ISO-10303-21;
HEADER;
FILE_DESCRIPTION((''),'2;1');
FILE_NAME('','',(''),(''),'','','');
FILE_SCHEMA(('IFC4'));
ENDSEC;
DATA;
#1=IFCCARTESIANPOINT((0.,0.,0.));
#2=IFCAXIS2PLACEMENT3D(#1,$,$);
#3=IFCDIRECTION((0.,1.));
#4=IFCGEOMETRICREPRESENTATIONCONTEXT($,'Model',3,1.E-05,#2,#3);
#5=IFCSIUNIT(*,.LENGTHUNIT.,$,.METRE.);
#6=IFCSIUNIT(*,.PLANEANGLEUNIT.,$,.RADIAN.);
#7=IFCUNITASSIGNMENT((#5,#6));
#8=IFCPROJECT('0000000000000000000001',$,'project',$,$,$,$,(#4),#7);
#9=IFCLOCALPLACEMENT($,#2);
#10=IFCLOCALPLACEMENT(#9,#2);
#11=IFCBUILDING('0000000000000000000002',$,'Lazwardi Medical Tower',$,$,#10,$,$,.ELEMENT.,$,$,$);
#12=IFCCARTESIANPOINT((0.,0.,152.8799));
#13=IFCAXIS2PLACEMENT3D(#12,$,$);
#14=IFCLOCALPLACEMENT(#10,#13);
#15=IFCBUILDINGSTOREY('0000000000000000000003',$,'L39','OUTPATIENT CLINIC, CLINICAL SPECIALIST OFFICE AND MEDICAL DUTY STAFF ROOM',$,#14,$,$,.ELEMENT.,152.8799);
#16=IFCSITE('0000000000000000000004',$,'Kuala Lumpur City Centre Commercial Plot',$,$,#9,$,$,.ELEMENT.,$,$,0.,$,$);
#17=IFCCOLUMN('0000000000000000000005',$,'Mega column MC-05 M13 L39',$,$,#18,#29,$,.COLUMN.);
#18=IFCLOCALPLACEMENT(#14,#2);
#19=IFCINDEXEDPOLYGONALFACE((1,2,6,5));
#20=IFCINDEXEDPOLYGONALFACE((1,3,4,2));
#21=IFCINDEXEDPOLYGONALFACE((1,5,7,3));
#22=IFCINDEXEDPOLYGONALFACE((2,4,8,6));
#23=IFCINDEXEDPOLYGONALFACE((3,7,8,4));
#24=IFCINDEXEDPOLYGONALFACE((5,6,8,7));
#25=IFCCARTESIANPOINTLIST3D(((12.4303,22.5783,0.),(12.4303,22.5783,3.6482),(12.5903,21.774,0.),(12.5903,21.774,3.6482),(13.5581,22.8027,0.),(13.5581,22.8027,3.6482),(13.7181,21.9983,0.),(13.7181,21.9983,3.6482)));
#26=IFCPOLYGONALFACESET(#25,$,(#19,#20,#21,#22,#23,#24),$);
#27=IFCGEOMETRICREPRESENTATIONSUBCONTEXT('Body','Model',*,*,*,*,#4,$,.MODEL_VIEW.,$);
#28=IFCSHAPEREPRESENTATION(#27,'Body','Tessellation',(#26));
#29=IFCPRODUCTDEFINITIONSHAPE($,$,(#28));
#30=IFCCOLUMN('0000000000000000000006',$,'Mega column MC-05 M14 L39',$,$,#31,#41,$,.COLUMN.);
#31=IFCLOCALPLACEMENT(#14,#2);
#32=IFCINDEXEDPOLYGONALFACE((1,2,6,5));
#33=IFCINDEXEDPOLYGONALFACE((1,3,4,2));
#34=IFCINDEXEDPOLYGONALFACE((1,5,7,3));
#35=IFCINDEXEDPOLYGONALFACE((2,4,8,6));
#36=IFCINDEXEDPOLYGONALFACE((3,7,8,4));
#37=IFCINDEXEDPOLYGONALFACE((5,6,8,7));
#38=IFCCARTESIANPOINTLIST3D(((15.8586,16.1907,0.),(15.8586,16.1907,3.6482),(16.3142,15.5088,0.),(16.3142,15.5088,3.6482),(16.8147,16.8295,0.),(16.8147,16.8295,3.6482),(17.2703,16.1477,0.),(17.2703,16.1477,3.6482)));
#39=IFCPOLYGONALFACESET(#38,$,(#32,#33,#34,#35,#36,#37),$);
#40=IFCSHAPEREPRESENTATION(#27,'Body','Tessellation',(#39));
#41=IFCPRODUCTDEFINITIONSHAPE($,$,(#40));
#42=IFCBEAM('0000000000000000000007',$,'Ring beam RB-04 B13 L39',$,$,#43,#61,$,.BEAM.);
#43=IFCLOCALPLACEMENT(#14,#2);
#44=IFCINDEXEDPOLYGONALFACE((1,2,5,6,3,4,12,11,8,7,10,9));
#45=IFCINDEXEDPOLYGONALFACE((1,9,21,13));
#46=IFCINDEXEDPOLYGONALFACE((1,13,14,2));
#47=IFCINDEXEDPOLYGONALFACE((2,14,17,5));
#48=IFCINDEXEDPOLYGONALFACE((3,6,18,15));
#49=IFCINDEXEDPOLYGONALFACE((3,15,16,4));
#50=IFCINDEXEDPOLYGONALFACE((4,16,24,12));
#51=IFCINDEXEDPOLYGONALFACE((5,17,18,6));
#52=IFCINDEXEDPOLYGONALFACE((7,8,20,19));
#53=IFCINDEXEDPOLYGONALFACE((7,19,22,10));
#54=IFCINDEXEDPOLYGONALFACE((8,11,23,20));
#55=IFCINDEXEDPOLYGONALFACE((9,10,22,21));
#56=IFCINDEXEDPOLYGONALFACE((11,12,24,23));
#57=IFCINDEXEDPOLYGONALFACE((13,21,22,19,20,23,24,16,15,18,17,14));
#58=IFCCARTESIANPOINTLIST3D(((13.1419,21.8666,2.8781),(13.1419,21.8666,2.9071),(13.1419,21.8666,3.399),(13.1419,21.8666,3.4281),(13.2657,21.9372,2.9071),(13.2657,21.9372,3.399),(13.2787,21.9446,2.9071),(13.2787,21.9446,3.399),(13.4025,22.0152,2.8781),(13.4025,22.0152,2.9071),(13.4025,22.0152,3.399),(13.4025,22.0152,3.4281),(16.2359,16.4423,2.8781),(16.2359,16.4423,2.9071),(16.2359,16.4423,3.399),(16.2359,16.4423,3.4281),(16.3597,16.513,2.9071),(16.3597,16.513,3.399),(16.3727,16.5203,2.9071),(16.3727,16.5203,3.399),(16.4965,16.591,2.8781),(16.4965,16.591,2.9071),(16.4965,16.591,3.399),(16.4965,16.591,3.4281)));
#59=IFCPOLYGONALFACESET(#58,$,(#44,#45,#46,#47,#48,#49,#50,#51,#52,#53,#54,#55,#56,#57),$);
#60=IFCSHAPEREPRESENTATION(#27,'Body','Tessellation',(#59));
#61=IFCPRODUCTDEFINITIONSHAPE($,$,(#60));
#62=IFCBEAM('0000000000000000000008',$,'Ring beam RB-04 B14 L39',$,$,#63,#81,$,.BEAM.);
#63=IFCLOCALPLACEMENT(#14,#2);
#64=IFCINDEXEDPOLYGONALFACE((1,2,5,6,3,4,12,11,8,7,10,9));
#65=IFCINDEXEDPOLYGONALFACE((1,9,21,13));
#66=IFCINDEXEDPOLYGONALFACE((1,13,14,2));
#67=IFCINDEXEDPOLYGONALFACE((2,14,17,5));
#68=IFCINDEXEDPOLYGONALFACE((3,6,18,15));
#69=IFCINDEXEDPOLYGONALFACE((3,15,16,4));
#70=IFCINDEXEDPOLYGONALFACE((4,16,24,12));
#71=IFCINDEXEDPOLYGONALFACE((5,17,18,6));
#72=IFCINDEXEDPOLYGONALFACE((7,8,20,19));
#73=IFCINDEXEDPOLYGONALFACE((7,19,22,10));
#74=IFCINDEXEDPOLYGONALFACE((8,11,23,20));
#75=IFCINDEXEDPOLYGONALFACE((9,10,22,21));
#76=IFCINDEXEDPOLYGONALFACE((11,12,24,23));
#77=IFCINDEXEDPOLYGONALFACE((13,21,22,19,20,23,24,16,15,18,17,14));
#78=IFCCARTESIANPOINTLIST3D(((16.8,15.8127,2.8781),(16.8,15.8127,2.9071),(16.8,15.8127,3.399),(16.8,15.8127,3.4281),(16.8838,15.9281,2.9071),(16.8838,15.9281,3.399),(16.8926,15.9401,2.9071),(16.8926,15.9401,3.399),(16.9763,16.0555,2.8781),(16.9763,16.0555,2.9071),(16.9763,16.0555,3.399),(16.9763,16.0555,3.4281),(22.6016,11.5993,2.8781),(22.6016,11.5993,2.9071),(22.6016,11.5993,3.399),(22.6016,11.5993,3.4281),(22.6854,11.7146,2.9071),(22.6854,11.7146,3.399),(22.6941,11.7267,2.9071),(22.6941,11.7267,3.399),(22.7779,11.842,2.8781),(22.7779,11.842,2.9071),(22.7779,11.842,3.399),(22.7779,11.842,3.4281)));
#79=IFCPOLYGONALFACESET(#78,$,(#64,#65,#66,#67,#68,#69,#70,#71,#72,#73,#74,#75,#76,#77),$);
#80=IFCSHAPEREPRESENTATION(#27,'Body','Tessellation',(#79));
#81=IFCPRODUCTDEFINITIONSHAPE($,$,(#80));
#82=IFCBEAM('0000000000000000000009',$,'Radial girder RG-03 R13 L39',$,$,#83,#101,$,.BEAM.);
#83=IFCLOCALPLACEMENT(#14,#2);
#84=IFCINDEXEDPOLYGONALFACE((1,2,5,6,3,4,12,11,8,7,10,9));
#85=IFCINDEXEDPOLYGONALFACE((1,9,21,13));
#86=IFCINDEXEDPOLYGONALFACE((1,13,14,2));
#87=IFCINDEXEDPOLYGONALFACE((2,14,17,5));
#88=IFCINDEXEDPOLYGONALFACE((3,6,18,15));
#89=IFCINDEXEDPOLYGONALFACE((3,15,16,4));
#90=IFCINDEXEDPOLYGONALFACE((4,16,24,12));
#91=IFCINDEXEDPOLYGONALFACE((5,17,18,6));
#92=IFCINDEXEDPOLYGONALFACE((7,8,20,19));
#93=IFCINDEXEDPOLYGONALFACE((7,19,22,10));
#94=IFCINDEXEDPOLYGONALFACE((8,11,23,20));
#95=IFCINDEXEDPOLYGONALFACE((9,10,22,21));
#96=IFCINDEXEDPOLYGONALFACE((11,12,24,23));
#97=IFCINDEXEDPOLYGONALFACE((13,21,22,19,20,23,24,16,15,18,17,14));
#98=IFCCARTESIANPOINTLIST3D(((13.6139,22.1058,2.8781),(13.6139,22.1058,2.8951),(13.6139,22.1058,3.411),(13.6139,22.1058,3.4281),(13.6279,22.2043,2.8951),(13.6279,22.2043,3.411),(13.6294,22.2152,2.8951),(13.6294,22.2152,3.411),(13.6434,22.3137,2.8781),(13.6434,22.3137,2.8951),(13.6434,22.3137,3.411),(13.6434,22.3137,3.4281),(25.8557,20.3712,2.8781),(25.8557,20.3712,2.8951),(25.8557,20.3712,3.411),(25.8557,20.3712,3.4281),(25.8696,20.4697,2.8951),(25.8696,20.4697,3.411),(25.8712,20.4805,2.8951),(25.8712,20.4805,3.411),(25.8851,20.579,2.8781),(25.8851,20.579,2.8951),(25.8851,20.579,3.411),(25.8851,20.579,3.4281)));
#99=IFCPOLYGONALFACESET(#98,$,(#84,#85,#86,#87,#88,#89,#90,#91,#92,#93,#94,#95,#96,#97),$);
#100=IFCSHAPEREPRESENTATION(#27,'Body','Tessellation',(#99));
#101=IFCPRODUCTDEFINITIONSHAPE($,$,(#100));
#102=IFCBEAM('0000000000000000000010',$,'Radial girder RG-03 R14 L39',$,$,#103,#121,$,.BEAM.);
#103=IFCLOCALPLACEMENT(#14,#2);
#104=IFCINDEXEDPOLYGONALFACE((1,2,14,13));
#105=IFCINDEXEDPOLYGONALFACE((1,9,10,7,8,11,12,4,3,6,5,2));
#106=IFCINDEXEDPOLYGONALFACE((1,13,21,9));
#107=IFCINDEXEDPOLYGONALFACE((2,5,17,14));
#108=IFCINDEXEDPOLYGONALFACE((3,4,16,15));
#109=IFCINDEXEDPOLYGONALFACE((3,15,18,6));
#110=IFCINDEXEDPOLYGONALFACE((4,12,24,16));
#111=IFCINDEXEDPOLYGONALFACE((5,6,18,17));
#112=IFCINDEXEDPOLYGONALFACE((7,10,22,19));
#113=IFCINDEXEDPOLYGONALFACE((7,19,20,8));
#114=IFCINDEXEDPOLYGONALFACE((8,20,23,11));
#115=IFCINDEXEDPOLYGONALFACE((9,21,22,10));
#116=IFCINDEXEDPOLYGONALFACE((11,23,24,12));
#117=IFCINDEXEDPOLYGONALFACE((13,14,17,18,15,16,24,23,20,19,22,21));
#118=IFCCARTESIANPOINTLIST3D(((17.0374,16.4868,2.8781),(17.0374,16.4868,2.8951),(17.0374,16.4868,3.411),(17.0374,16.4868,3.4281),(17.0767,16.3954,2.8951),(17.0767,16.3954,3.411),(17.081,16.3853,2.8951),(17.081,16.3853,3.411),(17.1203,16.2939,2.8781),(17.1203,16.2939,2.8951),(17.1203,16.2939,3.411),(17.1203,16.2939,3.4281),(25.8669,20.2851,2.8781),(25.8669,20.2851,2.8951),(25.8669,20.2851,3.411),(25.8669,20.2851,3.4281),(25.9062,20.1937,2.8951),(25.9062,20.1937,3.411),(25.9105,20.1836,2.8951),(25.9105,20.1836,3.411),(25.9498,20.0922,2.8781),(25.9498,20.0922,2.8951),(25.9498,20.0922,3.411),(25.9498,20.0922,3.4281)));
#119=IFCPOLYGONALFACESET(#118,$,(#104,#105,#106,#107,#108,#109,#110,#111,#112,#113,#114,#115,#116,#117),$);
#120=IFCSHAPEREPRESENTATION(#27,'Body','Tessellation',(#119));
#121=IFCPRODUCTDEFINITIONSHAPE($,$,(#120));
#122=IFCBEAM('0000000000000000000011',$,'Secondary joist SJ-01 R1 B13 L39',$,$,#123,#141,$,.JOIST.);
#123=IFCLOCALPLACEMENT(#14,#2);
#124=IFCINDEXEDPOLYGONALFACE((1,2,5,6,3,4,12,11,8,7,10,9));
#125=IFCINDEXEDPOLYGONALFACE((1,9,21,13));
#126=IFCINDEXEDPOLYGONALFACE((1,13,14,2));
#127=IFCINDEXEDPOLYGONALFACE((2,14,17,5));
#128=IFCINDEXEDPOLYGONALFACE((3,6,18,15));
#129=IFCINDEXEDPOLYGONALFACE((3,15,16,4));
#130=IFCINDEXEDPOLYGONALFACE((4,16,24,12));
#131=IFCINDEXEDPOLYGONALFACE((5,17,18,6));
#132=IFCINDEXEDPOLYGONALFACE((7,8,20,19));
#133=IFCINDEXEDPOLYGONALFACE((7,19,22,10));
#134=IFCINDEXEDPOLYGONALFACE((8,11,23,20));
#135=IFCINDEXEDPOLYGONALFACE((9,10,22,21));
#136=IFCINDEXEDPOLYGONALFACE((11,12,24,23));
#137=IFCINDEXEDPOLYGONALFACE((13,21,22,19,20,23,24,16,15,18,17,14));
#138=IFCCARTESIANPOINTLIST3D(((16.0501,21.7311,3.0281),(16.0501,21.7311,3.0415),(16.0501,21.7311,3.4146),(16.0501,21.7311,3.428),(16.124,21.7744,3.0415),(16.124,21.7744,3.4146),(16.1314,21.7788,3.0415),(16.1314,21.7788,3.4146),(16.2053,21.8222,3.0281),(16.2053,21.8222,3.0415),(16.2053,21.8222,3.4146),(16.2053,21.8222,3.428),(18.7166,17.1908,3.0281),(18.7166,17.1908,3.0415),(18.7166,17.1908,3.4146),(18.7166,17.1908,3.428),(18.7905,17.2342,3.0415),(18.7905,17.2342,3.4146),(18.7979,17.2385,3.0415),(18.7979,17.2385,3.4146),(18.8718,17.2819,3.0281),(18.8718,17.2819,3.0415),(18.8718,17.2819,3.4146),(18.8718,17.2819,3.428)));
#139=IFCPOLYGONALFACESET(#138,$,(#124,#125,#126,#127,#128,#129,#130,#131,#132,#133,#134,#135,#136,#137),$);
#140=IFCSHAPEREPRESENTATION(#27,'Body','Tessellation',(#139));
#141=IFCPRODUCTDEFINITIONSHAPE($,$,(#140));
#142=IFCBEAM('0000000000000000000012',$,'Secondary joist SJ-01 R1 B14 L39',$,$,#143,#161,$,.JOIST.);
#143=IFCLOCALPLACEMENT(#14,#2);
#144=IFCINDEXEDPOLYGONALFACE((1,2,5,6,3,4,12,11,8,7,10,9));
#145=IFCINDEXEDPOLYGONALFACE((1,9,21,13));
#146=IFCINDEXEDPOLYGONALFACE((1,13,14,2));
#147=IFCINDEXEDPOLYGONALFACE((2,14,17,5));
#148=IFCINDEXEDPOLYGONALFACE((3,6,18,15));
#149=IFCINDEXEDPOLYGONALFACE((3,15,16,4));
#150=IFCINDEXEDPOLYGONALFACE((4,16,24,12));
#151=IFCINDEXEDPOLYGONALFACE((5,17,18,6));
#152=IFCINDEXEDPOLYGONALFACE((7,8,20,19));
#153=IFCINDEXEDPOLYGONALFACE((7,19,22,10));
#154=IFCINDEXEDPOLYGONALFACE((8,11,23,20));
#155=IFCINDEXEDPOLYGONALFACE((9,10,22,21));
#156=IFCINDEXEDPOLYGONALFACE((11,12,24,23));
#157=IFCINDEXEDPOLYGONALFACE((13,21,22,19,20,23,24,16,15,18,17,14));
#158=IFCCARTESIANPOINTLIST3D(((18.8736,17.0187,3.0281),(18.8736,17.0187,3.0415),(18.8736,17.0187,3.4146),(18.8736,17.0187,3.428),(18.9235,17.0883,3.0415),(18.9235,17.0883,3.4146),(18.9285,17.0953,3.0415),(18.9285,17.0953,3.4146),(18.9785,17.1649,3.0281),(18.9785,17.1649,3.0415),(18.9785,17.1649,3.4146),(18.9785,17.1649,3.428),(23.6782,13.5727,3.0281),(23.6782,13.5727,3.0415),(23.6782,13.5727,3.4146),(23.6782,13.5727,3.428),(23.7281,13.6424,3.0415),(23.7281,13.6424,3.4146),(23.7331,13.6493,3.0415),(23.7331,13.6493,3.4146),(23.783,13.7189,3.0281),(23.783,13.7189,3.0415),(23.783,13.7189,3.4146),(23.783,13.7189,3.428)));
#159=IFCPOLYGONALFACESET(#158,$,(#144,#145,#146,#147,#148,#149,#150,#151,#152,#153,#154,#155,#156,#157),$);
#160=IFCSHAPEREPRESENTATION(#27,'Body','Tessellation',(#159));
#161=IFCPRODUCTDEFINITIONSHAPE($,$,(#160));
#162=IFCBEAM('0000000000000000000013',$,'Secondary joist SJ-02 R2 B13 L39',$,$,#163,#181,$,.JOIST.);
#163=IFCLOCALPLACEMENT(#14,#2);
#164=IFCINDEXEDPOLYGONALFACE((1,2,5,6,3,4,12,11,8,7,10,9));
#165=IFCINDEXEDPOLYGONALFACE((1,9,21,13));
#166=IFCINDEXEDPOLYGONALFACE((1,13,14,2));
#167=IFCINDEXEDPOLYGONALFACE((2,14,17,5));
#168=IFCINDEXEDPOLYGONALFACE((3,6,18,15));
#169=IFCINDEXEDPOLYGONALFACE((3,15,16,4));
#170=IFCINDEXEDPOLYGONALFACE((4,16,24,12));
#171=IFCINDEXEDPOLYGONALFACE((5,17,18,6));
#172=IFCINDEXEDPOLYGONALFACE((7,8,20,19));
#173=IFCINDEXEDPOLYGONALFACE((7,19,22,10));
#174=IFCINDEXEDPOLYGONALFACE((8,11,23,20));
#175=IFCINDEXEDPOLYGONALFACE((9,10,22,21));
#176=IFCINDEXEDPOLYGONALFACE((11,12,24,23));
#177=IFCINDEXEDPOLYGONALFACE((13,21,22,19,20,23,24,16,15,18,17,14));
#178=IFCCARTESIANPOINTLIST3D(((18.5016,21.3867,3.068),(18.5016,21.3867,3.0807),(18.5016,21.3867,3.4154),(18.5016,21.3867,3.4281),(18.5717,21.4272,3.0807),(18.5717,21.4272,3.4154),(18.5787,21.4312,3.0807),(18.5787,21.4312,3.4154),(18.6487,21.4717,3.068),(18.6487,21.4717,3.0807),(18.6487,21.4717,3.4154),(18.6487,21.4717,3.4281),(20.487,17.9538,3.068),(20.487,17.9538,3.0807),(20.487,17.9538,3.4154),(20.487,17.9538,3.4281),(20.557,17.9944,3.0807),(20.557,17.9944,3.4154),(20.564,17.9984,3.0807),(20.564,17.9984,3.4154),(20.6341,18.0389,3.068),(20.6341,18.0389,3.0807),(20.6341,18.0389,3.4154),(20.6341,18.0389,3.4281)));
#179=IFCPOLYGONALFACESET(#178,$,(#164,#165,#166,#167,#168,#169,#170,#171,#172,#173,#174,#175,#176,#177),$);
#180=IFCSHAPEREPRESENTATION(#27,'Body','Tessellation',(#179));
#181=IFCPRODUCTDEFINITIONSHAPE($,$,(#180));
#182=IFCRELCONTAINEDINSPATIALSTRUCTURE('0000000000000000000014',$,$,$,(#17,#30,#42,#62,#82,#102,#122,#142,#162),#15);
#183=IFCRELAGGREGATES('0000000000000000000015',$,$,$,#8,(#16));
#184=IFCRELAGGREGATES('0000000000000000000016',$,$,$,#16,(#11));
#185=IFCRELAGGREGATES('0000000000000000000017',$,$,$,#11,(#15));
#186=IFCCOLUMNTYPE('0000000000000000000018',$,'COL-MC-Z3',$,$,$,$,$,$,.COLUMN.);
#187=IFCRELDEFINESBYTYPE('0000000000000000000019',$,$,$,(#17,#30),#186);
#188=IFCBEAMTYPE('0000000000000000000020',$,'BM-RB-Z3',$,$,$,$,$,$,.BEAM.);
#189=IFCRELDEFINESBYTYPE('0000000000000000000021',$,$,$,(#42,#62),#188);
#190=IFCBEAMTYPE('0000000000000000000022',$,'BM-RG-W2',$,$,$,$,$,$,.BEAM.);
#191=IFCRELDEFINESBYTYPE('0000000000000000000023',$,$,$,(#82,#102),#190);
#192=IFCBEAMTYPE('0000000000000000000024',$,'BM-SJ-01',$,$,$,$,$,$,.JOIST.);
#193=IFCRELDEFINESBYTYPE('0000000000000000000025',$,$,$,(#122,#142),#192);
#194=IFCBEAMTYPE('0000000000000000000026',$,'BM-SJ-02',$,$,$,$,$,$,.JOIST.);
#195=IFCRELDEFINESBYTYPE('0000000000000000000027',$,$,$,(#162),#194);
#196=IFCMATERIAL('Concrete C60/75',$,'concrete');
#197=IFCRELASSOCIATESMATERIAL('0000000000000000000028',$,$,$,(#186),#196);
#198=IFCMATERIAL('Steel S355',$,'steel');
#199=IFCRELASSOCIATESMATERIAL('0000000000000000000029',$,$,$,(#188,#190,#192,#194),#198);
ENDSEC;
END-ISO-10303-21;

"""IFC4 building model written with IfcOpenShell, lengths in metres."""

from ifc_helpers import new_model, si_unit, direction, frame, origin, origin_2d, place, context, subcontext, project, spatial, rectangle, i_section, extrude, material, material_profile, profile_set, type_object, element, save


model = new_model("IFC4")

# Units and contexts
model_context = context("Model", 3, precision=1e-05, world=origin(), true_north=direction((0.0, 1.0)))
body_context = subcontext(model_context, "Body", "Model", "MODEL_VIEW")
ifc_project = project(units=[si_unit("LENGTHUNIT", "METRE"), si_unit("PLANEANGLEUNIT", "RADIAN")], contexts=[model_context])

# Site, building, storey
site_placement = place(None, origin())
site = spatial("IfcSite", under=ifc_project, at=site_placement, Name="Kuala Lumpur City Centre Commercial Plot", CompositionType="ELEMENT", RefElevation=0.0)
building_placement = place(site_placement, origin())
building = spatial("IfcBuilding", under=site, at=building_placement, Name="Lazwardi Medical Tower", CompositionType="ELEMENT")
storey_placement = place(building_placement, frame((0.0, 0.0, 152.8799)))
storey = spatial("IfcBuildingStorey", under=building, at=storey_placement, Name="L39", Description="OUTPATIENT CLINIC, CLINICAL SPECIALIST OFFICE AND MEDICAL DUTY STAFF ROOM", CompositionType="ELEMENT", Elevation=152.8799)

# Columns
ifc_material_1 = material(Name="Concrete C60/75", Category="concrete")
ifc_material_profile_1 = material_profile(ifc_material_1, rectangle(XDim=1.1499, YDim=0.8201, at=origin_2d()), Name="CFT-RECT 1150x820")
ifc_profile_set_1 = profile_set([ifc_material_profile_1], Name="Concrete C60/75")
column_type = type_object("IfcColumnType", Name="COL-MC-Z3", PredefinedType="COLUMN", material=ifc_profile_set_1)
for number, where, z_axis, x_axis, name in (
    (1, (13.0742, 22.2883, 0.0), (0.0, 0.0, 1.0), (-0.980785, -0.19509, 0.0), "Mega column MC-05 M13 L39"),
    (2, (16.5645, 16.1692, 0.0), (0.0, 0.0, 1.0), (-0.83147, -0.55557, 0.0), "Mega column MC-05 M14 L39"),
):
    element("IfcColumn", number, at=place(storey_placement, frame(where, z_axis=z_axis, x_axis=x_axis)), inside=storey, type_object=column_type, Name=name, PredefinedType="COLUMN", context=body_context, shape_type="SweptSolid", body=[
        extrude(rectangle(XDim=1.1499, YDim=0.8201, at=origin_2d()), origin(), (0.0, 0.0, 1.0), 3.6482),
    ])

# Beams
ifc_material_2 = material(Name="Steel S355", Category="steel")
ifc_material_profile_2 = material_profile(ifc_material_2, i_section(OverallWidth=0.3, OverallDepth=0.55, WebThickness=0.0149, FlangeThickness=0.0291, at=origin_2d()), Name="HEB 550")
ifc_profile_set_2 = profile_set([ifc_material_profile_2], Name="Steel S355")
beam_type_1 = type_object("IfcBeamType", Name="BM-RB-Z3", PredefinedType="BEAM", material=ifc_profile_set_2)
beam_1_placement = place(storey_placement, frame((13.2722, 21.9409, 3.1531), z_axis=(0.495461, -0.86863, 0.0), x_axis=(0.86863, 0.495461, 0.0)))
element("IfcBeam", 3, at=beam_1_placement, inside=storey, type_object=beam_type_1, Name="Ring beam RB-04 B13 L39", PredefinedType="BEAM", context=body_context, shape_type="SweptSolid", body=[
    extrude(i_section(OverallWidth=0.3, OverallDepth=0.55, WebThickness=0.0149, FlangeThickness=0.0291, at=origin_2d()), origin(), (0.0, 0.0, 1.0), 6.2446),
])
beam_2_placement = place(storey_placement, frame((16.8882, 15.9341, 3.1531), z_axis=(0.809128, -0.587633, 0.0), x_axis=(0.587633, 0.809128, 0.0)))
element("IfcBeam", 4, at=beam_2_placement, inside=storey, type_object=beam_type_1, Name="Ring beam RB-04 B14 L39", PredefinedType="BEAM", context=body_context, shape_type="SweptSolid", body=[
    extrude(i_section(OverallWidth=0.3, OverallDepth=0.55, WebThickness=0.0149, FlangeThickness=0.0291, at=origin_2d()), origin(), (0.0, 0.0, 1.0), 7.1702),
])
ifc_material_profile_3 = material_profile(ifc_material_2, i_section(OverallWidth=0.21, OverallDepth=0.55, WebThickness=0.011, FlangeThickness=0.0171, at=origin_2d()), Name="IPE 550")
ifc_profile_set_3 = profile_set([ifc_material_profile_3], Name="Steel S355")
beam_type_2 = type_object("IfcBeamType", Name="BM-RG-W2", PredefinedType="BEAM", material=ifc_profile_set_3)
beam_3_placement = place(storey_placement, frame((13.6287, 22.2097, 3.1531), z_axis=(0.99011, -0.140296, 0.0), x_axis=(0.140296, 0.99011, 0.0)))
element("IfcBeam", 5, at=beam_3_placement, inside=storey, type_object=beam_type_2, Name="Radial girder RG-03 R13 L39", PredefinedType="BEAM", context=body_context, shape_type="SweptSolid", body=[
    extrude(i_section(OverallWidth=0.21, OverallDepth=0.55, WebThickness=0.011, FlangeThickness=0.0171, at=origin_2d()), origin(), (0.0, 0.0, 1.0), 12.364),
])
beam_4_placement = place(storey_placement, frame((17.0789, 16.3904, 3.1531), z_axis=(0.918608, 0.39517, 0.0), x_axis=(-0.39517, 0.918608, 0.0)))
element("IfcBeam", 6, at=beam_4_placement, inside=storey, type_object=beam_type_2, Name="Radial girder RG-03 R14 L39", PredefinedType="BEAM", context=body_context, shape_type="SweptSolid", body=[
    extrude(i_section(OverallWidth=0.21, OverallDepth=0.55, WebThickness=0.011, FlangeThickness=0.0171, at=origin_2d()), origin(), (0.0, 0.0, 1.0), 9.6118),
])
ifc_material_profile_4 = material_profile(ifc_material_2, i_section(OverallWidth=0.1799, OverallDepth=0.3999, WebThickness=0.0085, FlangeThickness=0.0134, at=origin_2d()), Name="IPE 400")
ifc_profile_set_4 = profile_set([ifc_material_profile_4], Name="Steel S355")
beam_type_3 = type_object("IfcBeamType", Name="BM-SJ-01", PredefinedType="JOIST", material=ifc_profile_set_4)
beam_5_placement = place(storey_placement, frame((16.1277, 21.7766, 3.228), z_axis=(0.50642, -0.862287, 0.0), x_axis=(0.862287, 0.50642, 0.0)))
element("IfcBeam", 7, at=beam_5_placement, inside=storey, type_object=beam_type_3, Name="Secondary joist SJ-01 R1 B13 L39", PredefinedType="JOIST", context=body_context, shape_type="SweptSolid", body=[
    extrude(i_section(OverallWidth=0.1799, OverallDepth=0.3999, WebThickness=0.0085, FlangeThickness=0.0134, at=origin_2d()), origin(), (0.0, 0.0, 1.0), 5.2654),
])
beam_6_placement = place(storey_placement, frame((18.926, 17.0918, 3.228), z_axis=(0.812602, -0.582819, 0.0), x_axis=(0.582819, 0.812602, 0.0)))
element("IfcBeam", 8, at=beam_6_placement, inside=storey, type_object=beam_type_3, Name="Secondary joist SJ-01 R1 B14 L39", PredefinedType="JOIST", context=body_context, shape_type="SweptSolid", body=[
    extrude(i_section(OverallWidth=0.1799, OverallDepth=0.3999, WebThickness=0.0085, FlangeThickness=0.0134, at=origin_2d()), origin(), (0.0, 0.0, 1.0), 5.9126),
])
ifc_material_profile_5 = material_profile(ifc_material_2, i_section(OverallWidth=0.1699, OverallDepth=0.3601, WebThickness=0.0081, FlangeThickness=0.0127, at=origin_2d()), Name="IPE 360")
ifc_profile_set_5 = profile_set([ifc_material_profile_5], Name="Steel S355")
beam_type_4 = type_object("IfcBeamType", Name="BM-SJ-02", PredefinedType="JOIST", material=ifc_profile_set_5)
beam_7_placement = place(storey_placement, frame((18.5752, 21.4292, 3.248), z_axis=(0.500641, -0.865655, 0.0), x_axis=(0.865655, 0.500641, 0.0)))
element("IfcBeam", 9, at=beam_7_placement, inside=storey, type_object=beam_type_4, Name="Secondary joist SJ-02 R2 B13 L39", PredefinedType="JOIST", context=body_context, shape_type="SweptSolid", body=[
    extrude(i_section(OverallWidth=0.1699, OverallDepth=0.3601, WebThickness=0.0081, FlangeThickness=0.0127, at=origin_2d()), origin(), (0.0, 0.0, 1.0), 3.9656),
])

save(model, "model.ifc")
